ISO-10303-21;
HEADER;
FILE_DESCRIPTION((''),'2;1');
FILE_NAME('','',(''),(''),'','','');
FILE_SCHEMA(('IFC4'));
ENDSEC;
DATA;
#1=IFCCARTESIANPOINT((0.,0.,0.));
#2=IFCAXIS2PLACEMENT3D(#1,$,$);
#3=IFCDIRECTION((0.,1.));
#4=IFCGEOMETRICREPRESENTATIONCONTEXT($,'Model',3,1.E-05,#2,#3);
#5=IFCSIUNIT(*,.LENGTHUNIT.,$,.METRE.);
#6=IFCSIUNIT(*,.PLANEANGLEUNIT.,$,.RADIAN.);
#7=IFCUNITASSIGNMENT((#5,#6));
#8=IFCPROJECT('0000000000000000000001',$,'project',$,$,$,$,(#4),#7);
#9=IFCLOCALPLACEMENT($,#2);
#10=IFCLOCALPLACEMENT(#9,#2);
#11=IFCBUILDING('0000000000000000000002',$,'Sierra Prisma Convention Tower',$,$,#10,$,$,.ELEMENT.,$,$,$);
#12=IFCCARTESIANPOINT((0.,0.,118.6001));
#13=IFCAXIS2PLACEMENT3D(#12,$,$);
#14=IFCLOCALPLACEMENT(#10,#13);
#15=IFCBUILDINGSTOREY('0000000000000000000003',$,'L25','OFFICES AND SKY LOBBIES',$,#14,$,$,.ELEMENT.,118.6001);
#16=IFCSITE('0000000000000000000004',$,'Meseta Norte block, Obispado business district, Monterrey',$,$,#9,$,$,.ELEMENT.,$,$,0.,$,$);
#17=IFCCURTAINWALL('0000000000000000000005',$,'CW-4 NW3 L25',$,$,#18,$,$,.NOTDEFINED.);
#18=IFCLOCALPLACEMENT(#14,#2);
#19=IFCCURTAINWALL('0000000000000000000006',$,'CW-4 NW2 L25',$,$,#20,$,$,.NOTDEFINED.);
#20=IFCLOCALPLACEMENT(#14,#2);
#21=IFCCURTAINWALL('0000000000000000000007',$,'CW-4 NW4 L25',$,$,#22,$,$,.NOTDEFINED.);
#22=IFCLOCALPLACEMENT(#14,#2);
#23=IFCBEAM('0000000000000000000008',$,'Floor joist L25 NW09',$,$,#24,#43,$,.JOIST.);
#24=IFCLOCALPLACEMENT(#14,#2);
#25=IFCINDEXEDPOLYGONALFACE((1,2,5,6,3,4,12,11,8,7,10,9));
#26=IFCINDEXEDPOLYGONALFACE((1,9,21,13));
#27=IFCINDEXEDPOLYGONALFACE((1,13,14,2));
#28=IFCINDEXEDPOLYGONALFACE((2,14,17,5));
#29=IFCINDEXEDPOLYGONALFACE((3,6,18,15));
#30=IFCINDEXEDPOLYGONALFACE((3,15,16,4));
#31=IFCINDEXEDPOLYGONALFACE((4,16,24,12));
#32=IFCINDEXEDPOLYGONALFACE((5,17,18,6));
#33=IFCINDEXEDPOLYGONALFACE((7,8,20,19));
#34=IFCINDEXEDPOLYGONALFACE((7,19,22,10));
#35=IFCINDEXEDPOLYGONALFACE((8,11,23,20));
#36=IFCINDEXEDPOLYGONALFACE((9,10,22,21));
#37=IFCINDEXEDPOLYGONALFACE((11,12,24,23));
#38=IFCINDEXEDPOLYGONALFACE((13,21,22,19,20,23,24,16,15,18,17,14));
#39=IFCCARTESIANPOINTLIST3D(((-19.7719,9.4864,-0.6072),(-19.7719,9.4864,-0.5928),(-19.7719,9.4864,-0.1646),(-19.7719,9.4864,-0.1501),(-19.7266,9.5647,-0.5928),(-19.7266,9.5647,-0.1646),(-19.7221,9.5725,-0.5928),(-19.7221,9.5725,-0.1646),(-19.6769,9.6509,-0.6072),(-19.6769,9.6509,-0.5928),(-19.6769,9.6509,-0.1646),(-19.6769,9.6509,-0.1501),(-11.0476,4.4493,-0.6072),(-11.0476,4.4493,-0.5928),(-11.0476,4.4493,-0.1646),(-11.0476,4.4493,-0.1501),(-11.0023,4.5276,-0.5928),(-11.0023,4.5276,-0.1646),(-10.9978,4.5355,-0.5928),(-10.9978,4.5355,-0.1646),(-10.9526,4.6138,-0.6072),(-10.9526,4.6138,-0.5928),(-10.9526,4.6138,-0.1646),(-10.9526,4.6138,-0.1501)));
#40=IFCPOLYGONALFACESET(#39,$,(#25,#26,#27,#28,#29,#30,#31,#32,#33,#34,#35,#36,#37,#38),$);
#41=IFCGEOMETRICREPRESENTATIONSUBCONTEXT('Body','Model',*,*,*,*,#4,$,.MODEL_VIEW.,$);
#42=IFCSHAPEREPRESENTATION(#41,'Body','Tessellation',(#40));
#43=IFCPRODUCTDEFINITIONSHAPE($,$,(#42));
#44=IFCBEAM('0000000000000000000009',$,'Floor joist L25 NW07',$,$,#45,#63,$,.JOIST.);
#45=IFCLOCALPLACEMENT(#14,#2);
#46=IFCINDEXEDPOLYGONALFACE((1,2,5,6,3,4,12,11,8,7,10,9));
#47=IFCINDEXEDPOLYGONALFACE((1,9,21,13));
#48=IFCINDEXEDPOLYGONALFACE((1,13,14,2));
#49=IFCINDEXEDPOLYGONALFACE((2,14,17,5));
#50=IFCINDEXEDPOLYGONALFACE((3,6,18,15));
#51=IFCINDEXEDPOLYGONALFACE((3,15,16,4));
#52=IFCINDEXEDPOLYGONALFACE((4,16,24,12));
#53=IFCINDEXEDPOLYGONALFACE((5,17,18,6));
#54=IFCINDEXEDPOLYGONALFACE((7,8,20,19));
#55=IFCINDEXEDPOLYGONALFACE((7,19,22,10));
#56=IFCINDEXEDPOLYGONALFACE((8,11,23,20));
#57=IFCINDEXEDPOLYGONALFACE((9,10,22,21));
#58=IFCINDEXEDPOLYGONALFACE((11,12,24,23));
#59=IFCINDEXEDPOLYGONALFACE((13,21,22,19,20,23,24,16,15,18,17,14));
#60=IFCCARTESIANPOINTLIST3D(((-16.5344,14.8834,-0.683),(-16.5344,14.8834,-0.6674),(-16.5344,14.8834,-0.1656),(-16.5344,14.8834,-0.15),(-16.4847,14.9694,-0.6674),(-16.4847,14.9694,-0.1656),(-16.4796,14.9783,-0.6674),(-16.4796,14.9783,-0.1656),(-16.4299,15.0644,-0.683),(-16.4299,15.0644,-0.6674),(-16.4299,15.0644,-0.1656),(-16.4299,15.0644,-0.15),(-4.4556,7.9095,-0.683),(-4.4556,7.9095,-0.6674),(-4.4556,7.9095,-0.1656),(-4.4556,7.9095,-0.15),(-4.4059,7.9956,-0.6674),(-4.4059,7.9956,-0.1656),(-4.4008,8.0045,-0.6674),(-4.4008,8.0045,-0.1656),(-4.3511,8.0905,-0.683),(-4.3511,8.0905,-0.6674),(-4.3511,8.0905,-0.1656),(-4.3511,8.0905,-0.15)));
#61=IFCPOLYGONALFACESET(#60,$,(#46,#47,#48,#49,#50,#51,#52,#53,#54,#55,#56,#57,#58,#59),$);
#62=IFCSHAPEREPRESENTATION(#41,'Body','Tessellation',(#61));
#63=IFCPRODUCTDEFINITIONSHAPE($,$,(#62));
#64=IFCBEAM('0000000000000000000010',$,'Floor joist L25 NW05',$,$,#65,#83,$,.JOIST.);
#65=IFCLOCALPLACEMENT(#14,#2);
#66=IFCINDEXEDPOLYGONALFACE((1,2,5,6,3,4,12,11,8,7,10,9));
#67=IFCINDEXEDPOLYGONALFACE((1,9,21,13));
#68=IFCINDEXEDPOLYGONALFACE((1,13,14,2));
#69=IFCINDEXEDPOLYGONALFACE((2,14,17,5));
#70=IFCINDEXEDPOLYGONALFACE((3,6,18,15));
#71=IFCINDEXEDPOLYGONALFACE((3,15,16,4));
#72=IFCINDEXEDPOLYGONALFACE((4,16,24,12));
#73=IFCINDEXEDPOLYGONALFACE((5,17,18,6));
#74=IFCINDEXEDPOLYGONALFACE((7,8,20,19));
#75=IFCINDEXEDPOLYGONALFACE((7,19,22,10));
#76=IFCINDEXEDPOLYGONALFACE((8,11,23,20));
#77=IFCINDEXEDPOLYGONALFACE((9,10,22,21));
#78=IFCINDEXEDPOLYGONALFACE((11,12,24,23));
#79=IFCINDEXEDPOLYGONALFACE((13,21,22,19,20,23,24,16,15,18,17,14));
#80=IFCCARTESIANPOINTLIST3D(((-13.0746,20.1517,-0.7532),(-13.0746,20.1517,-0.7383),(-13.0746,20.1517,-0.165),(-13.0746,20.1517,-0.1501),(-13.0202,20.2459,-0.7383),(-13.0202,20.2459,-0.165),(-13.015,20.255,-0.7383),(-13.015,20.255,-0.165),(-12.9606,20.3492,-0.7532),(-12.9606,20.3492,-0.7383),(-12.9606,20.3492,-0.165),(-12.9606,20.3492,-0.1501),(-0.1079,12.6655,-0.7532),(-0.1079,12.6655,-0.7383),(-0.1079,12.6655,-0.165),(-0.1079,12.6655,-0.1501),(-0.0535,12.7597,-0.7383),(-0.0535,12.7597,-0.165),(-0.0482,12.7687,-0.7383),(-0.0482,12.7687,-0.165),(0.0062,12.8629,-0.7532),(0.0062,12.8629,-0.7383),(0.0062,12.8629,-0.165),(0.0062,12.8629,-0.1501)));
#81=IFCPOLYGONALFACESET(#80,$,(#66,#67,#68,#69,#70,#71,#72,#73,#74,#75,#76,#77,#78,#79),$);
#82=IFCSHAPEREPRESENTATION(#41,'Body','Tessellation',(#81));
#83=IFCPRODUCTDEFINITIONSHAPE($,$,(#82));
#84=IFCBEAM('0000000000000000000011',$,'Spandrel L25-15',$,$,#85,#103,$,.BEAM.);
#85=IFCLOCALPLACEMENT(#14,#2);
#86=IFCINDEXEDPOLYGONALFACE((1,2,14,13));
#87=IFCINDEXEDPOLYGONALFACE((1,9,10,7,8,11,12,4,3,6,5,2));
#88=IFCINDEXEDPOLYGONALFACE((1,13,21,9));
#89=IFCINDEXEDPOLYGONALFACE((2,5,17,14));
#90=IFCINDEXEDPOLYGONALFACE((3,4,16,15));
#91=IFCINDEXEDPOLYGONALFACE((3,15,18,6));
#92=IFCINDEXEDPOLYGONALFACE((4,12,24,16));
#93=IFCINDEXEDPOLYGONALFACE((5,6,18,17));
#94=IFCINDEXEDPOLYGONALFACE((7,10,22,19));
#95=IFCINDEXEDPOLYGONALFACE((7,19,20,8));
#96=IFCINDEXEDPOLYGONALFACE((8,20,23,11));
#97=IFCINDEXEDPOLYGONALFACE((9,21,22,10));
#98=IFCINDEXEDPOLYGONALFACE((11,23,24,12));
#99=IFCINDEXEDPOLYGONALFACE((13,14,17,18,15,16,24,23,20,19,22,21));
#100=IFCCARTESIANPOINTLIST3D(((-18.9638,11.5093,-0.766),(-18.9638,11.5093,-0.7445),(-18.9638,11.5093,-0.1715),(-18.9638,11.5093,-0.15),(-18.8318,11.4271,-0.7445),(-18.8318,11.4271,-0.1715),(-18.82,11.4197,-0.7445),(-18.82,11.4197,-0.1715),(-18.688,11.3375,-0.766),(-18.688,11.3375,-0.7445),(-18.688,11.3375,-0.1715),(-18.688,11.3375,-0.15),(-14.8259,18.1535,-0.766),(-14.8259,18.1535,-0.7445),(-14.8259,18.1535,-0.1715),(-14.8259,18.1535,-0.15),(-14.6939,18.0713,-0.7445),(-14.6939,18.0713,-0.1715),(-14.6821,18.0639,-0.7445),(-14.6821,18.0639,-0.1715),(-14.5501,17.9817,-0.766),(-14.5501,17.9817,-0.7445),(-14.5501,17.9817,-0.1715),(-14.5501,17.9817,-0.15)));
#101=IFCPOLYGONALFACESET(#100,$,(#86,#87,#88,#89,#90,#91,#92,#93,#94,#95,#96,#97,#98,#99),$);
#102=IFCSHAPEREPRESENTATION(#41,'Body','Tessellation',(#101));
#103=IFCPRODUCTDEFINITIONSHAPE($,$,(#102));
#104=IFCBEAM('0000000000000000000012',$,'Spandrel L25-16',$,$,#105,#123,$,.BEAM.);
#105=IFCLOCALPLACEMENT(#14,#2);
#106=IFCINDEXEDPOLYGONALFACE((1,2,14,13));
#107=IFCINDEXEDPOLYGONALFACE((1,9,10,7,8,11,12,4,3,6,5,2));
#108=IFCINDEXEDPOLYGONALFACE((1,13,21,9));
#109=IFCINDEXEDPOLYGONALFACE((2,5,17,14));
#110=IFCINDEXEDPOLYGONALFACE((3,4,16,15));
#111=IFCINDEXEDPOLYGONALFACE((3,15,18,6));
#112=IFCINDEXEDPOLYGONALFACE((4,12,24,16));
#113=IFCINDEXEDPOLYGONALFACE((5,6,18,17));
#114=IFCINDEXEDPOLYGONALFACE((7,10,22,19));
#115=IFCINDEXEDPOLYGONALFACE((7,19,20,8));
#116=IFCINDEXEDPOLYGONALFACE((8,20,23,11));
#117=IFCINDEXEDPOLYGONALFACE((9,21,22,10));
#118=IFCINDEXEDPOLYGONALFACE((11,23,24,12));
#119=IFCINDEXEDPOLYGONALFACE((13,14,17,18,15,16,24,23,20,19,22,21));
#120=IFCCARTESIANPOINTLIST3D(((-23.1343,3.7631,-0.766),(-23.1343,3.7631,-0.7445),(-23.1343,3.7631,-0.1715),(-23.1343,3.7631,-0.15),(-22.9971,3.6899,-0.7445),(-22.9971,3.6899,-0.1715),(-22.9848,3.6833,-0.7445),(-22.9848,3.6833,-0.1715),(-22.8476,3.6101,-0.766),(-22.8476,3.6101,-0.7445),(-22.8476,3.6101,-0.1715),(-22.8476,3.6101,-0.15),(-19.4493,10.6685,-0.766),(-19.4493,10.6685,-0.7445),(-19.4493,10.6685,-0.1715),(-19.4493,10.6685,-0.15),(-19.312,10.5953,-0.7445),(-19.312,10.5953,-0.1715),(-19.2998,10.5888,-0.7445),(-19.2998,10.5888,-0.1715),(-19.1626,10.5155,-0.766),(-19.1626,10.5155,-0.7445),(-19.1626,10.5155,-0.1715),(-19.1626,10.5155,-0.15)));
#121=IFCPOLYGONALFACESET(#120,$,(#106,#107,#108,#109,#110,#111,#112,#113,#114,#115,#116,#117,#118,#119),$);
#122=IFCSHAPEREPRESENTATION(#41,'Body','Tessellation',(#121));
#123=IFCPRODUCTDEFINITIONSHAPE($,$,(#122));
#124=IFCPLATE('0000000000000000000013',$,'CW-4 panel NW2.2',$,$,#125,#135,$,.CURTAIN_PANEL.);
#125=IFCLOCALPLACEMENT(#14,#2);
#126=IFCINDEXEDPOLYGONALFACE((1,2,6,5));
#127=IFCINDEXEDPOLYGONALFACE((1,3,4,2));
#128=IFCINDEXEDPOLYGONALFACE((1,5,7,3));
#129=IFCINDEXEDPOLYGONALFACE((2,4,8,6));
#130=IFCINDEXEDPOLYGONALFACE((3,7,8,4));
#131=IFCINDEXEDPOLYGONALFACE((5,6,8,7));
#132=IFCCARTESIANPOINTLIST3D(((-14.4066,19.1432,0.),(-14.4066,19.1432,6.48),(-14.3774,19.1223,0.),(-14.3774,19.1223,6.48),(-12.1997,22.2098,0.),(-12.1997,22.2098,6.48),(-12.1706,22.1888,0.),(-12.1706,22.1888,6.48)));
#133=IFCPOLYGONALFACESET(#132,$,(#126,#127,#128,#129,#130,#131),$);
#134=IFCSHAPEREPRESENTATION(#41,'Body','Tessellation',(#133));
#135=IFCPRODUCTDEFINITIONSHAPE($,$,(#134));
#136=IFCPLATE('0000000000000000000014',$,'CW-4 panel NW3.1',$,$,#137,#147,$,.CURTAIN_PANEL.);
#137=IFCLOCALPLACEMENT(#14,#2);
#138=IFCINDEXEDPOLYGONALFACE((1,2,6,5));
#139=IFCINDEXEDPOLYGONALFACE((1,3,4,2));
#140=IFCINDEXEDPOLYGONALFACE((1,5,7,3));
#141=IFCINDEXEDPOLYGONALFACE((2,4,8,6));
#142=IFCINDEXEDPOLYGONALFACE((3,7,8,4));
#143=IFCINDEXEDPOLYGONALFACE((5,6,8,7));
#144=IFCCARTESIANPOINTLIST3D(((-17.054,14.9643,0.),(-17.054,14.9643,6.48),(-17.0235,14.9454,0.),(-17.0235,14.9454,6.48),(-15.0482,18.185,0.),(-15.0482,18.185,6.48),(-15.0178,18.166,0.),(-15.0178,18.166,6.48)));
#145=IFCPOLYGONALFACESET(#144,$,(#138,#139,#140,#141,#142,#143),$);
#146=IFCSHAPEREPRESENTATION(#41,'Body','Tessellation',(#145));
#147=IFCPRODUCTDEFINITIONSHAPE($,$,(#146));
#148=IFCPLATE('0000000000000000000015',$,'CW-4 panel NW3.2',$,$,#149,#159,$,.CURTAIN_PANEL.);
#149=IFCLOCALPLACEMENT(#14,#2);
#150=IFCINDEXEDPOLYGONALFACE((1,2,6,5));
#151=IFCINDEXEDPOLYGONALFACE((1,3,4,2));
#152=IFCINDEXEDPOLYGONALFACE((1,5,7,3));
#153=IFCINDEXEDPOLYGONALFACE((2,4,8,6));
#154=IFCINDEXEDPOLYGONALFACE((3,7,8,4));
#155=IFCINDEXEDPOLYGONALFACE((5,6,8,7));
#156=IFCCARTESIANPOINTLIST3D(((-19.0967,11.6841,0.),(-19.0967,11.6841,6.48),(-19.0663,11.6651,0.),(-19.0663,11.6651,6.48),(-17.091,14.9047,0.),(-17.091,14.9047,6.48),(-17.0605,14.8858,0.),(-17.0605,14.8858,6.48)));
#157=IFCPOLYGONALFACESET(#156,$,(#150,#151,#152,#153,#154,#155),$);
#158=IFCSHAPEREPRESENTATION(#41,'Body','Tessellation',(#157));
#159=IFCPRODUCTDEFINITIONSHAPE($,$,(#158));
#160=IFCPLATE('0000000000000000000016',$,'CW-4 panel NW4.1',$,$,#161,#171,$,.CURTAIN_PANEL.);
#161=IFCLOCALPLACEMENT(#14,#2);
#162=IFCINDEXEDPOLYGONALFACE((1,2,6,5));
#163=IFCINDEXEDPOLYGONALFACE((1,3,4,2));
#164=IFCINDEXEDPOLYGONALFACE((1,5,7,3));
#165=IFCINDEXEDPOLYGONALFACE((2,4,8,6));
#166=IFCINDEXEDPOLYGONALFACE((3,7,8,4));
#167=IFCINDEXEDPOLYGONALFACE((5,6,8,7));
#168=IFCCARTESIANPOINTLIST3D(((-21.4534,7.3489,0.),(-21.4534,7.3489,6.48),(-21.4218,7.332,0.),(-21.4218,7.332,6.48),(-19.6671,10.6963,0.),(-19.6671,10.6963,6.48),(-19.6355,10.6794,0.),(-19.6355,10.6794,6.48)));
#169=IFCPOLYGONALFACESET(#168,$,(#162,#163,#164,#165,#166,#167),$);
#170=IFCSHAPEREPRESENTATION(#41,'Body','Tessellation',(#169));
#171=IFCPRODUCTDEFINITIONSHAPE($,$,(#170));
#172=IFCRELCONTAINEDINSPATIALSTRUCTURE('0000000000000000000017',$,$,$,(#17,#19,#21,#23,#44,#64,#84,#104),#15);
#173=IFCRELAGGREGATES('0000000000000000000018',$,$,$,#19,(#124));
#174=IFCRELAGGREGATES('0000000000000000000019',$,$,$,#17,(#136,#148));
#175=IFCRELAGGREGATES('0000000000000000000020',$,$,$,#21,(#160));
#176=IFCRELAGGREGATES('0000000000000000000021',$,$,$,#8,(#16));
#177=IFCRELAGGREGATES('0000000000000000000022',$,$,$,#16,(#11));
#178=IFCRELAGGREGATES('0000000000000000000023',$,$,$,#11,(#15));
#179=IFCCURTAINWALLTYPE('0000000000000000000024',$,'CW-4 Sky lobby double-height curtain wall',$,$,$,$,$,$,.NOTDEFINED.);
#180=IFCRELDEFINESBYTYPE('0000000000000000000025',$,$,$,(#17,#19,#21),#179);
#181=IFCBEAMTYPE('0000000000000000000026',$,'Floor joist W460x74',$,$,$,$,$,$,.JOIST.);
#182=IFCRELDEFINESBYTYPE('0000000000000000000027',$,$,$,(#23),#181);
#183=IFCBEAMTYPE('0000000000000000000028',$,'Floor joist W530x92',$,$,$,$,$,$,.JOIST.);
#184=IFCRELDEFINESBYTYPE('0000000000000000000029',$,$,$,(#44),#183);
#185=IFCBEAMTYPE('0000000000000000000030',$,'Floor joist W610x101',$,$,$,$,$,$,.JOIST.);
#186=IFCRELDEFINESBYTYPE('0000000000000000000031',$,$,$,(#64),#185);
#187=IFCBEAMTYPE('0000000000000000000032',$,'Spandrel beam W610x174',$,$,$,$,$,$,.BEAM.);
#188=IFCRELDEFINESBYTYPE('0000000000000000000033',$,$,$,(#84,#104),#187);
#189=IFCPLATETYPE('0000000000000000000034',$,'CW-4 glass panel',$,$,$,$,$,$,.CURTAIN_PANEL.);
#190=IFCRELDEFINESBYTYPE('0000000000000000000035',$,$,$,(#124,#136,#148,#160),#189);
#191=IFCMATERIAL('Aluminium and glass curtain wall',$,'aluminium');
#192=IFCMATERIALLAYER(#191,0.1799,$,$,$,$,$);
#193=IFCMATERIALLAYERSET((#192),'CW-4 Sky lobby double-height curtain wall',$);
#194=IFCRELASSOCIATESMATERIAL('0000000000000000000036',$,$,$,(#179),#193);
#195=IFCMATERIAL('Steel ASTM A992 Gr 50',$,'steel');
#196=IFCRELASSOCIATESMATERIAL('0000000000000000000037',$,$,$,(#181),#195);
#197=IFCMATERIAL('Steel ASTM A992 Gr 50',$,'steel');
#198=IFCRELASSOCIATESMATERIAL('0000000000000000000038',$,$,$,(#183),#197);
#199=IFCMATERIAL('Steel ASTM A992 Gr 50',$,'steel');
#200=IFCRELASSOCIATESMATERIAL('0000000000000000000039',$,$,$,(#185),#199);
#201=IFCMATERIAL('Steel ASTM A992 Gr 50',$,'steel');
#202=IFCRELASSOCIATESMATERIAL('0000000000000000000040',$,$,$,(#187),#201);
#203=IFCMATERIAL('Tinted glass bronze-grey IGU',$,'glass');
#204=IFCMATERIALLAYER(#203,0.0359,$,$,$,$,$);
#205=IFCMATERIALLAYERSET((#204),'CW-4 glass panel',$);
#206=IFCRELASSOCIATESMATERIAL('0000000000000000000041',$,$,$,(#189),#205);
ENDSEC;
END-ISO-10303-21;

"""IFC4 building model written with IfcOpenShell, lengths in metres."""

from ifc_helpers import new_model, si_unit, direction, frame, origin, origin_2d, place, context, subcontext, project, spatial, rectangle, i_section, extrude, material, layer, layer_set, material_profile, profile_set, type_object, element, aggregate, save


model = new_model("IFC4")

# Units and contexts
model_context = context("Model", 3, precision=1e-05, world=origin(), true_north=direction((0.0, 1.0)))
body_context = subcontext(model_context, "Body", "Model", "MODEL_VIEW")
ifc_project = project(units=[si_unit("LENGTHUNIT", "METRE"), si_unit("PLANEANGLEUNIT", "RADIAN")], contexts=[model_context])

# Site, building, storey
site_placement = place(None, origin())
site = spatial("IfcSite", under=ifc_project, at=site_placement, Name="Meseta Norte block, Obispado business district, Monterrey", CompositionType="ELEMENT", RefElevation=0.0)
building_placement = place(site_placement, origin())
building = spatial("IfcBuilding", under=site, at=building_placement, Name="Sierra Prisma Convention Tower", CompositionType="ELEMENT")
storey_placement = place(building_placement, frame((0.0, 0.0, 118.6001)))
storey = spatial("IfcBuildingStorey", under=building, at=storey_placement, Name="L25", Description="OFFICES AND SKY LOBBIES", CompositionType="ELEMENT", Elevation=118.6001)

# Curtain wall
ifc_material_1 = material(Name="Aluminium and glass curtain wall", Category="aluminium")
ifc_layer_1 = layer(ifc_material_1, 0.1799)
ifc_layer_set_1 = layer_set([ifc_layer_1], Name="CW-4 Sky lobby double-height curtain wall")
curtain_wall_type = type_object("IfcCurtainWallType", Name="CW-4 Sky lobby double-height curtain wall", PredefinedType="NOTDEFINED", material=ifc_layer_set_1)
curtain_wall_1_placement = place(storey_placement, origin())
curtain_wall_1 = element("IfcCurtainWall", 1, at=curtain_wall_1_placement, inside=storey, type_object=curtain_wall_type, Name="CW-4 NW3 L25", PredefinedType="NOTDEFINED")

# Curtain wall
curtain_wall_2_placement = place(storey_placement, origin())
curtain_wall_2 = element("IfcCurtainWall", 2, at=curtain_wall_2_placement, inside=storey, type_object=curtain_wall_type, Name="CW-4 NW2 L25", PredefinedType="NOTDEFINED")

# Curtain wall
curtain_wall_3_placement = place(storey_placement, origin())
curtain_wall_3 = element("IfcCurtainWall", 3, at=curtain_wall_3_placement, inside=storey, type_object=curtain_wall_type, Name="CW-4 NW4 L25", PredefinedType="NOTDEFINED")

# Beams
ifc_material_2 = material(Name="Steel ASTM A992 Gr 50", Category="steel")
ifc_material_profile_1 = material_profile(ifc_material_2, i_section(OverallWidth=0.1899, OverallDepth=0.457, WebThickness=0.009, FlangeThickness=0.0144, at=origin_2d()), Name="W460x74")
ifc_profile_set_1 = profile_set([ifc_material_profile_1], Name="Steel ASTM A992 Gr 50")
beam_type_1 = type_object("IfcBeamType", Name="Floor joist W460x74", PredefinedType="JOIST", material=ifc_profile_set_1)
beam_1_placement = place(storey_placement, frame((-19.7244, 9.5686, -0.3787), z_axis=(0.866021, -0.500007, 0.0), x_axis=(0.500007, 0.866021, 0.0)))
element("IfcBeam", 4, at=beam_1_placement, inside=storey, type_object=beam_type_1, Name="Floor joist L25 NW09", PredefinedType="JOIST", context=body_context, shape_type="SweptSolid", body=[
    extrude(i_section(OverallWidth=0.1899, OverallDepth=0.457, WebThickness=0.009, FlangeThickness=0.0144, at=origin_2d()), origin(), (0.0, 0.0, 1.0), 10.074),
])
ifc_material_3 = material(Name="Steel ASTM A992 Gr 50", Category="steel")
ifc_material_profile_2 = material_profile(ifc_material_3, i_section(OverallWidth=0.209, OverallDepth=0.533, WebThickness=0.0103, FlangeThickness=0.0156, at=origin_2d()), Name="W530x92")
ifc_profile_set_2 = profile_set([ifc_material_profile_2], Name="Steel ASTM A992 Gr 50")
beam_type_2 = type_object("IfcBeamType", Name="Floor joist W530x92", PredefinedType="JOIST", material=ifc_profile_set_2)
beam_2_placement = place(storey_placement, frame((-16.4822, 14.9739, -0.4165), z_axis=(0.866021, -0.500008, 0.0), x_axis=(0.500008, 0.866021, 0.0)))
element("IfcBeam", 5, at=beam_2_placement, inside=storey, type_object=beam_type_2, Name="Floor joist L25 NW07", PredefinedType="JOIST", context=body_context, shape_type="SweptSolid", body=[
    extrude(i_section(OverallWidth=0.209, OverallDepth=0.533, WebThickness=0.0103, FlangeThickness=0.0156, at=origin_2d()), origin(), (0.0, 0.0, 1.0), 13.9475),
])
ifc_material_4 = material(Name="Steel ASTM A992 Gr 50", Category="steel")
ifc_material_profile_3 = material_profile(ifc_material_4, i_section(OverallWidth=0.228, OverallDepth=0.603, WebThickness=0.0105, FlangeThickness=0.0149, at=origin_2d()), Name="W610x101")
ifc_profile_set_3 = profile_set([ifc_material_profile_3], Name="Steel ASTM A992 Gr 50")
beam_type_3 = type_object("IfcBeamType", Name="Floor joist W610x101", PredefinedType="JOIST", material=ifc_profile_set_3)
beam_3_placement = place(storey_placement, frame((-13.0176, 20.2505, -0.4517), z_axis=(0.866027, -0.499997, 0.0), x_axis=(0.499997, 0.866027, 0.0)))
element("IfcBeam", 6, at=beam_3_placement, inside=storey, type_object=beam_type_3, Name="Floor joist L25 NW05", PredefinedType="JOIST", context=body_context, shape_type="SweptSolid", body=[
    extrude(i_section(OverallWidth=0.228, OverallDepth=0.603, WebThickness=0.0105, FlangeThickness=0.0149, at=origin_2d()), origin(), (0.0, 0.0, 1.0), 14.9727),
])
ifc_material_5 = material(Name="Steel ASTM A992 Gr 50", Category="steel")
ifc_material_profile_4 = material_profile(ifc_material_5, i_section(OverallWidth=0.325, OverallDepth=0.616, WebThickness=0.0139, FlangeThickness=0.0215, at=origin_2d()), Name="W610x174")
ifc_profile_set_4 = profile_set([ifc_material_profile_4], Name="Steel ASTM A992 Gr 50")
beam_type_4 = type_object("IfcBeamType", Name="Spandrel beam W610x174", PredefinedType="BEAM", material=ifc_profile_set_4)
beam_4_placement = place(storey_placement, frame((-14.688, 18.0676, -0.458), z_axis=(-0.528644, -0.848844, 0.0), x_axis=(0.848844, -0.528644, 0.0)))
element("IfcBeam", 7, at=beam_4_placement, inside=storey, type_object=beam_type_4, Name="Spandrel L25-15", PredefinedType="BEAM", context=body_context, shape_type="SweptSolid", body=[
    extrude(i_section(OverallWidth=0.325, OverallDepth=0.616, WebThickness=0.0139, FlangeThickness=0.0215, at=origin_2d()), origin(), (0.0, 0.0, 1.0), 7.8274),
])
beam_5_placement = place(storey_placement, frame((-19.3059, 10.592, -0.458), z_axis=(-0.470799, -0.882241, 0.0), x_axis=(0.882241, -0.470799, 0.0)))
element("IfcBeam", 8, at=beam_5_placement, inside=storey, type_object=beam_type_4, Name="Spandrel L25-16", PredefinedType="BEAM", context=body_context, shape_type="SweptSolid", body=[
    extrude(i_section(OverallWidth=0.325, OverallDepth=0.616, WebThickness=0.0139, FlangeThickness=0.0215, at=origin_2d()), origin(), (0.0, 0.0, 1.0), 7.8271),
])

# Plates
ifc_material_6 = material(Name="Tinted glass bronze-grey IGU", Category="glass")
ifc_layer_2 = layer(ifc_material_6, 0.0359)
ifc_layer_set_2 = layer_set([ifc_layer_2], Name="CW-4 glass panel")
plate_type = type_object("IfcPlateType", Name="CW-4 glass panel", PredefinedType="CURTAIN_PANEL", material=ifc_layer_set_2)
plate_1_placement = place(storey_placement, frame((-13.2886, 20.666, 0.0), z_axis=(0.0, 0.0, 1.0), x_axis=(-0.584126, -0.811663, 0.0)))
plate_1 = element("IfcPlate", 9, at=plate_1_placement, type_object=plate_type, Name="CW-4 panel NW2.2", PredefinedType="CURTAIN_PANEL", context=body_context, shape_type="SweptSolid", body=[
    extrude(rectangle(XDim=3.7781, YDim=0.0359, at=origin_2d()), origin(), (0.0, 0.0, 1.0), 6.48),
])
aggregate(curtain_wall_2, [plate_1])
plate_2_placement = place(storey_placement, frame((-16.0359, 16.5652, 0.0), z_axis=(0.0, 0.0, 1.0), x_axis=(-0.528642, -0.848845, 0.0)))
plate_2 = element("IfcPlate", 10, at=plate_2_placement, type_object=plate_type, Name="CW-4 panel NW3.1", PredefinedType="CURTAIN_PANEL", context=body_context, shape_type="SweptSolid", body=[
    extrude(rectangle(XDim=3.7942, YDim=0.0359, at=origin_2d()), origin(), (0.0, 0.0, 1.0), 6.48),
])
plate_3_placement = place(storey_placement, frame((-18.0786, 13.2849, 0.0), z_axis=(0.0, 0.0, 1.0), x_axis=(-0.528642, -0.848845, 0.0)))
plate_3 = element("IfcPlate", 11, at=plate_3_placement, type_object=plate_type, Name="CW-4 panel NW3.2", PredefinedType="CURTAIN_PANEL", context=body_context, shape_type="SweptSolid", body=[
    extrude(rectangle(XDim=3.7942, YDim=0.0359, at=origin_2d()), origin(), (0.0, 0.0, 1.0), 6.48),
])
aggregate(curtain_wall_1, [plate_2, plate_3])
plate_4_placement = place(storey_placement, frame((-20.5444, 9.0142, 0.0), z_axis=(0.0, 0.0, 1.0), x_axis=(-0.4708, -0.88224, 0.0)))
plate_4 = element("IfcPlate", 12, at=plate_4_placement, type_object=plate_type, Name="CW-4 panel NW4.1", PredefinedType="CURTAIN_PANEL", context=body_context, shape_type="SweptSolid", body=[
    extrude(rectangle(XDim=3.7942, YDim=0.0359, at=origin_2d()), origin(), (0.0, 0.0, 1.0), 6.48),
])
aggregate(curtain_wall_3, [plate_4])

save(model, "model.ifc")
